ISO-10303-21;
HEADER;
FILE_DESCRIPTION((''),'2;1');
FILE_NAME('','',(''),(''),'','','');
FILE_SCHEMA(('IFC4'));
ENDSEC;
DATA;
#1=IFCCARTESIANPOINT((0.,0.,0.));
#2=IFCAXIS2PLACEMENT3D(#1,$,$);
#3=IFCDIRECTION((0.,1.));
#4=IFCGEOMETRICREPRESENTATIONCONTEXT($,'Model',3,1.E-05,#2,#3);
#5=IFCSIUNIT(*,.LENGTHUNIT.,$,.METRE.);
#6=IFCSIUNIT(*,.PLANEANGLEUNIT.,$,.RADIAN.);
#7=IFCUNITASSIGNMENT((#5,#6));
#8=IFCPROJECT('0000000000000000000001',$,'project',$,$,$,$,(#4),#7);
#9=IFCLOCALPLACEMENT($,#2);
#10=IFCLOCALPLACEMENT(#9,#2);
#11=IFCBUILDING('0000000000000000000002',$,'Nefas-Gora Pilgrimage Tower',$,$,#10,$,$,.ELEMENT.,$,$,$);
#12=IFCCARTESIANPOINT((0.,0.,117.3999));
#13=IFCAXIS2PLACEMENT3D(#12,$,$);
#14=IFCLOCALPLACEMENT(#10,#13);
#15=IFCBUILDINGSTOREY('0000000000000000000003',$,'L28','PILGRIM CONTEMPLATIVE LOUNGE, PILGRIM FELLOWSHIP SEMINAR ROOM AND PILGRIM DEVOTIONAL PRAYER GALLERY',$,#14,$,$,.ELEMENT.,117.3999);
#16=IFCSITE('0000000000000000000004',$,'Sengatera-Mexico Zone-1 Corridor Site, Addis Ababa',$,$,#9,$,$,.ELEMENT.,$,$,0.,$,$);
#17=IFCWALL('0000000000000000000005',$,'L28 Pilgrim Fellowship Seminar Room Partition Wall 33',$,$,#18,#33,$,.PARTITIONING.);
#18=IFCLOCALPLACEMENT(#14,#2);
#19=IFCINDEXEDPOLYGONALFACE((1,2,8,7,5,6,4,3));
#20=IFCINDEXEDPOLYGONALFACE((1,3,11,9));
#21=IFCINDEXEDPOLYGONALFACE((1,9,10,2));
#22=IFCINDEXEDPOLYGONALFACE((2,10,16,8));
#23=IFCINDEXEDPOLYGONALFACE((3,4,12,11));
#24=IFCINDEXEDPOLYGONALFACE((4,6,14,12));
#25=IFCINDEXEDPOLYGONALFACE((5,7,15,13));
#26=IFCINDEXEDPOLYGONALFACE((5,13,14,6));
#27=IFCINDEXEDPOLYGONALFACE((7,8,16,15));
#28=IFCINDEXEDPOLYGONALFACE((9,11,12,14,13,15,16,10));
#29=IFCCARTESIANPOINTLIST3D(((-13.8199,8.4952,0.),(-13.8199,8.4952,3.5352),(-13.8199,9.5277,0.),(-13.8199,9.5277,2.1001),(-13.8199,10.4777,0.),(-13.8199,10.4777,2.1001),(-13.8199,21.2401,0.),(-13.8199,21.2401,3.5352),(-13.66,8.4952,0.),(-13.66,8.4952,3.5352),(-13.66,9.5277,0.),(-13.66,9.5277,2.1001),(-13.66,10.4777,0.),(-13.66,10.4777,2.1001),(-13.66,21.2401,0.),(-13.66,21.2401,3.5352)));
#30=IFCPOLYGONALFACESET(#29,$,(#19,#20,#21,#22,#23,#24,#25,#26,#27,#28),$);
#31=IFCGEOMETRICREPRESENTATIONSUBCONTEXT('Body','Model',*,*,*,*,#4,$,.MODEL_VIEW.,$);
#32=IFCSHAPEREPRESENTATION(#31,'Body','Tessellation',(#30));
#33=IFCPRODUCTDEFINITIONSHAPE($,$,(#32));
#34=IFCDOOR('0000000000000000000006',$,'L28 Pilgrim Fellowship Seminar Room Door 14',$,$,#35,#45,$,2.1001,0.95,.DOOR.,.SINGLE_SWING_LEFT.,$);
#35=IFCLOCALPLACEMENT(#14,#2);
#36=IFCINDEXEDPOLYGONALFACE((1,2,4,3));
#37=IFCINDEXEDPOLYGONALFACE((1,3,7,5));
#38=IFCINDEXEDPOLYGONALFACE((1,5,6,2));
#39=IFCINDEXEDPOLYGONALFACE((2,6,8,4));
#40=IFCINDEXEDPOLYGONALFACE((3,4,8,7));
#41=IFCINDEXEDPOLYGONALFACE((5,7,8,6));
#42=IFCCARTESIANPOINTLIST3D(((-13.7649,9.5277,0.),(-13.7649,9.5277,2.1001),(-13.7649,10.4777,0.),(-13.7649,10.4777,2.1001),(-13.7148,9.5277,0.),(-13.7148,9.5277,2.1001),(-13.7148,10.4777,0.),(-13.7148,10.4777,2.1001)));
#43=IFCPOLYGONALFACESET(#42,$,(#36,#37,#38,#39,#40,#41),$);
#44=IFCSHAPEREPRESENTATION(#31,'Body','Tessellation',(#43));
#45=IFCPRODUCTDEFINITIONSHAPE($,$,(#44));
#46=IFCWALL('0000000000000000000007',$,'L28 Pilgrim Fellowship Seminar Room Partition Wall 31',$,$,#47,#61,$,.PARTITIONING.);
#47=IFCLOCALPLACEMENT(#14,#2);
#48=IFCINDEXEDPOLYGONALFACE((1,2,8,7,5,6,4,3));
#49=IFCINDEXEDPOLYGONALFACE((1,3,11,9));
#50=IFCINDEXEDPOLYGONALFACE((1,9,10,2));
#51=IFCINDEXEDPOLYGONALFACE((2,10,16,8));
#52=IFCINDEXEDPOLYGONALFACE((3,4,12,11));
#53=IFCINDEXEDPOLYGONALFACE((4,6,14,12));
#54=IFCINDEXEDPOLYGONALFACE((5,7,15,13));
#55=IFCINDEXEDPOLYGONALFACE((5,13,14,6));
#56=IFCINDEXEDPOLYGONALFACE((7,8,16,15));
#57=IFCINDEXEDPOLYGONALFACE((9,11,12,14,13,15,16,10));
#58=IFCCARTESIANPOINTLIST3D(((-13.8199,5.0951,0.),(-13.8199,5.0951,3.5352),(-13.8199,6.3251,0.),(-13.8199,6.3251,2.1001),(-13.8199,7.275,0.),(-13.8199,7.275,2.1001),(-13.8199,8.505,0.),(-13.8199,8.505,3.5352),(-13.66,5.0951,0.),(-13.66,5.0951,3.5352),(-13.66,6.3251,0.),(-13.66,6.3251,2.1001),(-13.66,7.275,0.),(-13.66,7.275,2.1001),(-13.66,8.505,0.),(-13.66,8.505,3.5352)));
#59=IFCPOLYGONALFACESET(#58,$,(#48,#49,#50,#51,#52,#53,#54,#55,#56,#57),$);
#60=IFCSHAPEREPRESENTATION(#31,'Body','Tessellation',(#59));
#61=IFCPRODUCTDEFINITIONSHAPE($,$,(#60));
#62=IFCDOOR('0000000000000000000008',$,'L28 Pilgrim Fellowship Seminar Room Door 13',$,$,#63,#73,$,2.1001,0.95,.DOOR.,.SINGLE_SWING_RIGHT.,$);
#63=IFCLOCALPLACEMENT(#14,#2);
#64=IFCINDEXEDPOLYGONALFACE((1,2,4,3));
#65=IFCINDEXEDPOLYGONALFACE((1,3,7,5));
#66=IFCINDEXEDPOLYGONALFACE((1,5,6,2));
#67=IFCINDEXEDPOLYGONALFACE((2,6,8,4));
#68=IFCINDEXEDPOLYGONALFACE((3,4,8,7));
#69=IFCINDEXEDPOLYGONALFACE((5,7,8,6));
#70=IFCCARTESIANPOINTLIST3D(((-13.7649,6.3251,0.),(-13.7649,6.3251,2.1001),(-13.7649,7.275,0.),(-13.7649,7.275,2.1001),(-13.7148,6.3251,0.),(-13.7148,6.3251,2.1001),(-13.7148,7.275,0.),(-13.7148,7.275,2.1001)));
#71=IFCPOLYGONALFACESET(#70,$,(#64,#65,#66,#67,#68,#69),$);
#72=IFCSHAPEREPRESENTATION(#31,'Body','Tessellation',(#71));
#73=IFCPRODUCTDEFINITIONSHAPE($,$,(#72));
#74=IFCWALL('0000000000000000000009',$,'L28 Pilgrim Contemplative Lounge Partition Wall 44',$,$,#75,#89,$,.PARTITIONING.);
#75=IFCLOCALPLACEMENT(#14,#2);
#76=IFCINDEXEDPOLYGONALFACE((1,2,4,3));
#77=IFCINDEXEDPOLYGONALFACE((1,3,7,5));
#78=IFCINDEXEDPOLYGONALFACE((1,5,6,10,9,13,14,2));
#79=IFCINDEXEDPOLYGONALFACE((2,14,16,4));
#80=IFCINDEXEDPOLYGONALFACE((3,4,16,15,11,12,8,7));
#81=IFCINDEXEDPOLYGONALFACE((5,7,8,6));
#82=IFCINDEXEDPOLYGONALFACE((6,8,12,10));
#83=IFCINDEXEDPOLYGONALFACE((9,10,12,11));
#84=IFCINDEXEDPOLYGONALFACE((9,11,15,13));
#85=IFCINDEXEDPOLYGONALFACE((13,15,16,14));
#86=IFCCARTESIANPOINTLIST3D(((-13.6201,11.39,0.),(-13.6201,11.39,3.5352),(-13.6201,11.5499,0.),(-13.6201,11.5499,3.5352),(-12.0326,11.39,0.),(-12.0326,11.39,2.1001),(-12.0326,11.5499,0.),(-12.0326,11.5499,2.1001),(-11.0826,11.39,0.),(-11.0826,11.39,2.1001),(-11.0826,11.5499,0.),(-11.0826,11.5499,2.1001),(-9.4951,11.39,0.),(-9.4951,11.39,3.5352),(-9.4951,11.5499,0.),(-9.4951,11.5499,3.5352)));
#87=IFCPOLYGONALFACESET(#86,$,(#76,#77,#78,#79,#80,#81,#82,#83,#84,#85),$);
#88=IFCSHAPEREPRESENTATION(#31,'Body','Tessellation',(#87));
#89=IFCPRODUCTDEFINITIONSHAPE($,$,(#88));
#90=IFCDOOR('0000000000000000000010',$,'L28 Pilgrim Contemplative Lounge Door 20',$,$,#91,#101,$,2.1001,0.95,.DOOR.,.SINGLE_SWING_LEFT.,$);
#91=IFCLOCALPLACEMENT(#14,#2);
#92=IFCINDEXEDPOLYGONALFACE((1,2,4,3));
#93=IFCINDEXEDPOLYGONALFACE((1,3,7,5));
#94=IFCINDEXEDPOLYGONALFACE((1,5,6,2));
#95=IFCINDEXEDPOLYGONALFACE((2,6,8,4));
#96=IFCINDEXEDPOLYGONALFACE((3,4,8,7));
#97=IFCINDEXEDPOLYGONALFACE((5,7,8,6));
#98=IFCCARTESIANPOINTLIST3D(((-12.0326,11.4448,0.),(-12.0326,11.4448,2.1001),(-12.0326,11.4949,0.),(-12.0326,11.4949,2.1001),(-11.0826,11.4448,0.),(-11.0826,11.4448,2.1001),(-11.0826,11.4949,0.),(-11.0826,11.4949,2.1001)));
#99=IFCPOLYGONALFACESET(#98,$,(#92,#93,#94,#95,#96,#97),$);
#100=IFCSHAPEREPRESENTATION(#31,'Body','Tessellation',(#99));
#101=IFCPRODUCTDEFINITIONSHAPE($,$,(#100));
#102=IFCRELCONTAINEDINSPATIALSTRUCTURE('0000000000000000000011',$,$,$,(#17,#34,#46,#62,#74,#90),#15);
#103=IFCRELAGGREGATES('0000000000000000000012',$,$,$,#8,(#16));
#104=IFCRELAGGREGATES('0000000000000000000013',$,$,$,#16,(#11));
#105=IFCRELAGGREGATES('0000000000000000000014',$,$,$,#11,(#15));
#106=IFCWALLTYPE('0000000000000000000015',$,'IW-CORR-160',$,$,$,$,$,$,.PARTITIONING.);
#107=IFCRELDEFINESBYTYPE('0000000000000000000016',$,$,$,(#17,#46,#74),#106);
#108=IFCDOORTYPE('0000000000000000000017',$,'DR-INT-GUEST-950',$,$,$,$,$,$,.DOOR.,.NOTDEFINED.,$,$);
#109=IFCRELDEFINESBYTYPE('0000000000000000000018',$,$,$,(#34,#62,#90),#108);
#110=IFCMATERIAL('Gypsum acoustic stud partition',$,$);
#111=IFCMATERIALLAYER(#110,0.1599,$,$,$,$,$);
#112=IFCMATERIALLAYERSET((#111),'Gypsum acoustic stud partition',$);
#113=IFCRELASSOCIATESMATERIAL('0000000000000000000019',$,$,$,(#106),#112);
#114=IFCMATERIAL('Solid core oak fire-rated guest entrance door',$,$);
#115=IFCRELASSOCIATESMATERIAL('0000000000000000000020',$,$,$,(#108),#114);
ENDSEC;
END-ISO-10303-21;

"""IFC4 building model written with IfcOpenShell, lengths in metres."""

from ifc_helpers import new_model, si_unit, direction, frame, frame_2d, origin, place, context, subcontext, project, spatial, rectangle, extrude, source, transform, mapped, material, layer, layer_set, type_object, element, fill, save


model = new_model("IFC4")

# Units and contexts
model_context = context("Model", 3, precision=1e-05, world=origin(), true_north=direction((0.0, 1.0)))
body_context = subcontext(model_context, "Body", "Model", "MODEL_VIEW")
ifc_project = project(units=[si_unit("LENGTHUNIT", "METRE"), si_unit("PLANEANGLEUNIT", "RADIAN")], contexts=[model_context])

# Site, building, storey
site_placement = place(None, origin())
site = spatial("IfcSite", under=ifc_project, at=site_placement, Name="Sengatera-Mexico Zone-1 Corridor Site, Addis Ababa", CompositionType="ELEMENT", RefElevation=0.0)
building_placement = place(site_placement, origin())
building = spatial("IfcBuilding", under=site, at=building_placement, Name="Nefas-Gora Pilgrimage Tower", CompositionType="ELEMENT")
storey_placement = place(building_placement, frame((0.0, 0.0, 117.3999)))
storey = spatial("IfcBuildingStorey", under=building, at=storey_placement, Name="L28", Description="PILGRIM CONTEMPLATIVE LOUNGE, PILGRIM FELLOWSHIP SEMINAR ROOM AND PILGRIM DEVOTIONAL PRAYER GALLERY", CompositionType="ELEMENT", Elevation=117.3999)

# Walls, openings, doors
ifc_material_1 = material(Name="Gypsum acoustic stud partition")
ifc_layer_1 = layer(ifc_material_1, 0.1599)
ifc_layer_set_1 = layer_set([ifc_layer_1], Name="Gypsum acoustic stud partition")
wall_type_1 = type_object("IfcWallType", Name="IW-CORR-160", PredefinedType="PARTITIONING", material=ifc_layer_set_1)
shared_shape_1 = source(origin(), body_context, "Body", "SweptSolid", [
    extrude(rectangle(XDim=12.7449, YDim=0.1599, at=frame_2d((6.3726, 0.0))), origin(), (0.0, 0.0, 1.0), 3.5352),
])
wall_1_placement = place(storey_placement, frame((-13.74, 8.4951, 0.0), z_axis=(0.0, 0.0, 1.0), x_axis=(0.0, 1.0, 0.0)))
wall_1 = element("IfcWall", 1, at=wall_1_placement, inside=storey, type_object=wall_type_1, Name="L28 Pilgrim Fellowship Seminar Room Partition Wall 33", PredefinedType="PARTITIONING", context=body_context, shape_type="MappedRepresentation", body=[
    mapped(shared_shape_1, transform((0.0, 0.0, 0.0), x_axis=(1.0, 0.0, 0.0), y_axis=(0.0, 1.0, 0.0), z_axis=(0.0, 0.0, 1.0), scale=1.0)),
])
opening_1_placement = place(wall_1_placement, frame((1.0325, 0.0, 0.0)))
opening_1 = element("IfcOpeningElement", 2, at=opening_1_placement, cuts=wall_1, PredefinedType="OPENING", context=body_context, shape_type="SweptSolid", body=[
    extrude(rectangle(XDim=0.95, YDim=2.1001, at=frame_2d((0.4751, 1.05))), frame((0.0, 0.0898, 0.0), z_axis=(0.0, -1.0, 0.0), x_axis=(1.0, 0.0, 0.0)), (0.0, 0.0, 1.0), 0.1799),
])
ifc_material_2 = material(Name="Solid core oak fire-rated guest entrance door")
door_type = type_object("IfcDoorType", Name="DR-INT-GUEST-950", OperationType="NOTDEFINED", PredefinedType="DOOR", material=ifc_material_2)
shared_shape_2 = source(origin(), body_context, "Body", "SweptSolid", [
    extrude(rectangle(XDim=0.95, YDim=2.1001, at=frame_2d((0.4751, 1.05))), frame((0.0, 0.0249, 0.0), z_axis=(0.0, -1.0, 0.0), x_axis=(1.0, 0.0, 0.0)), (0.0, 0.0, 1.0), 0.05),
])
door_1_placement = place(opening_1_placement, origin())
door_1 = element("IfcDoor", 3, at=door_1_placement, inside=storey, type_object=door_type, Name="L28 Pilgrim Fellowship Seminar Room Door 14", OperationType="SINGLE_SWING_LEFT", OverallHeight=2.1001, OverallWidth=0.95, PredefinedType="DOOR", context=body_context, shape_type="MappedRepresentation", body=[
    mapped(shared_shape_2, transform((0.0, 0.0, 0.0), x_axis=(1.0, 0.0, 0.0), y_axis=(0.0, 1.0, 0.0), z_axis=(0.0, 0.0, 1.0), scale=1.0)),
])
fill(opening_1, door_1)
shared_shape_3 = source(origin(), body_context, "Body", "SweptSolid", [
    extrude(rectangle(XDim=3.4099, YDim=0.1599, at=frame_2d((1.7051, 0.0))), origin(), (0.0, 0.0, 1.0), 3.5352),
])
wall_2_placement = place(storey_placement, frame((-13.74, 5.095, 0.0), z_axis=(0.0, 0.0, 1.0), x_axis=(0.0, 1.0, 0.0)))
wall_2 = element("IfcWall", 4, at=wall_2_placement, inside=storey, type_object=wall_type_1, Name="L28 Pilgrim Fellowship Seminar Room Partition Wall 31", PredefinedType="PARTITIONING", context=body_context, shape_type="MappedRepresentation", body=[
    mapped(shared_shape_3, transform((0.0, 0.0, 0.0), x_axis=(1.0, 0.0, 0.0), y_axis=(0.0, 1.0, 0.0), z_axis=(0.0, 0.0, 1.0), scale=1.0)),
])
opening_2_placement = place(wall_2_placement, frame((1.23, 0.0, 0.0)))
opening_2 = element("IfcOpeningElement", 5, at=opening_2_placement, cuts=wall_2, PredefinedType="OPENING", context=body_context, shape_type="SweptSolid", body=[
    extrude(rectangle(XDim=0.95, YDim=2.1001, at=frame_2d((0.4751, 1.05))), frame((0.0, 0.0898, 0.0), z_axis=(0.0, -1.0, 0.0), x_axis=(1.0, 0.0, 0.0)), (0.0, 0.0, 1.0), 0.1799),
])
door_2_placement = place(opening_2_placement, origin())
door_2 = element("IfcDoor", 6, at=door_2_placement, inside=storey, type_object=door_type, Name="L28 Pilgrim Fellowship Seminar Room Door 13", OperationType="SINGLE_SWING_RIGHT", OverallHeight=2.1001, OverallWidth=0.95, PredefinedType="DOOR", context=body_context, shape_type="MappedRepresentation", body=[
    mapped(shared_shape_2, transform((0.0, 0.0, 0.0), x_axis=(1.0, 0.0, 0.0), y_axis=(0.0, 1.0, 0.0), z_axis=(0.0, 0.0, 1.0), scale=1.0)),
])
fill(opening_2, door_2)
shared_shape_4 = source(origin(), body_context, "Body", "SweptSolid", [
    extrude(rectangle(XDim=4.125, YDim=0.1599, at=frame_2d((2.0625, 0.0))), origin(), (0.0, 0.0, 1.0), 3.5352),
])
wall_3_placement = place(storey_placement, frame((-13.6201, 11.47, 0.0), z_axis=(0.0, 0.0, 1.0), x_axis=(1.0, 0.0, 0.0)))
wall_3 = element("IfcWall", 7, at=wall_3_placement, inside=storey, type_object=wall_type_1, Name="L28 Pilgrim Contemplative Lounge Partition Wall 44", PredefinedType="PARTITIONING", context=body_context, shape_type="MappedRepresentation", body=[
    mapped(shared_shape_4, transform((0.0, 0.0, 0.0), x_axis=(1.0, 0.0, 0.0), y_axis=(0.0, 1.0, 0.0), z_axis=(0.0, 0.0, 1.0), scale=1.0)),
])
opening_3_placement = place(wall_3_placement, frame((1.5874, 0.0, 0.0)))
opening_3 = element("IfcOpeningElement", 8, at=opening_3_placement, cuts=wall_3, PredefinedType="OPENING", context=body_context, shape_type="SweptSolid", body=[
    extrude(rectangle(XDim=0.95, YDim=2.1001, at=frame_2d((0.4751, 1.05))), frame((0.0, 0.0898, 0.0), z_axis=(0.0, -1.0, 0.0), x_axis=(1.0, 0.0, 0.0)), (0.0, 0.0, 1.0), 0.1799),
])
door_3_placement = place(opening_3_placement, origin())
door_3 = element("IfcDoor", 9, at=door_3_placement, inside=storey, type_object=door_type, Name="L28 Pilgrim Contemplative Lounge Door 20", OperationType="SINGLE_SWING_LEFT", OverallHeight=2.1001, OverallWidth=0.95, PredefinedType="DOOR", context=body_context, shape_type="MappedRepresentation", body=[
    mapped(shared_shape_2, transform((0.0, 0.0, 0.0), x_axis=(1.0, 0.0, 0.0), y_axis=(0.0, 1.0, 0.0), z_axis=(0.0, 0.0, 1.0), scale=1.0)),
])
fill(opening_3, door_3)

save(model, "model.ifc")
